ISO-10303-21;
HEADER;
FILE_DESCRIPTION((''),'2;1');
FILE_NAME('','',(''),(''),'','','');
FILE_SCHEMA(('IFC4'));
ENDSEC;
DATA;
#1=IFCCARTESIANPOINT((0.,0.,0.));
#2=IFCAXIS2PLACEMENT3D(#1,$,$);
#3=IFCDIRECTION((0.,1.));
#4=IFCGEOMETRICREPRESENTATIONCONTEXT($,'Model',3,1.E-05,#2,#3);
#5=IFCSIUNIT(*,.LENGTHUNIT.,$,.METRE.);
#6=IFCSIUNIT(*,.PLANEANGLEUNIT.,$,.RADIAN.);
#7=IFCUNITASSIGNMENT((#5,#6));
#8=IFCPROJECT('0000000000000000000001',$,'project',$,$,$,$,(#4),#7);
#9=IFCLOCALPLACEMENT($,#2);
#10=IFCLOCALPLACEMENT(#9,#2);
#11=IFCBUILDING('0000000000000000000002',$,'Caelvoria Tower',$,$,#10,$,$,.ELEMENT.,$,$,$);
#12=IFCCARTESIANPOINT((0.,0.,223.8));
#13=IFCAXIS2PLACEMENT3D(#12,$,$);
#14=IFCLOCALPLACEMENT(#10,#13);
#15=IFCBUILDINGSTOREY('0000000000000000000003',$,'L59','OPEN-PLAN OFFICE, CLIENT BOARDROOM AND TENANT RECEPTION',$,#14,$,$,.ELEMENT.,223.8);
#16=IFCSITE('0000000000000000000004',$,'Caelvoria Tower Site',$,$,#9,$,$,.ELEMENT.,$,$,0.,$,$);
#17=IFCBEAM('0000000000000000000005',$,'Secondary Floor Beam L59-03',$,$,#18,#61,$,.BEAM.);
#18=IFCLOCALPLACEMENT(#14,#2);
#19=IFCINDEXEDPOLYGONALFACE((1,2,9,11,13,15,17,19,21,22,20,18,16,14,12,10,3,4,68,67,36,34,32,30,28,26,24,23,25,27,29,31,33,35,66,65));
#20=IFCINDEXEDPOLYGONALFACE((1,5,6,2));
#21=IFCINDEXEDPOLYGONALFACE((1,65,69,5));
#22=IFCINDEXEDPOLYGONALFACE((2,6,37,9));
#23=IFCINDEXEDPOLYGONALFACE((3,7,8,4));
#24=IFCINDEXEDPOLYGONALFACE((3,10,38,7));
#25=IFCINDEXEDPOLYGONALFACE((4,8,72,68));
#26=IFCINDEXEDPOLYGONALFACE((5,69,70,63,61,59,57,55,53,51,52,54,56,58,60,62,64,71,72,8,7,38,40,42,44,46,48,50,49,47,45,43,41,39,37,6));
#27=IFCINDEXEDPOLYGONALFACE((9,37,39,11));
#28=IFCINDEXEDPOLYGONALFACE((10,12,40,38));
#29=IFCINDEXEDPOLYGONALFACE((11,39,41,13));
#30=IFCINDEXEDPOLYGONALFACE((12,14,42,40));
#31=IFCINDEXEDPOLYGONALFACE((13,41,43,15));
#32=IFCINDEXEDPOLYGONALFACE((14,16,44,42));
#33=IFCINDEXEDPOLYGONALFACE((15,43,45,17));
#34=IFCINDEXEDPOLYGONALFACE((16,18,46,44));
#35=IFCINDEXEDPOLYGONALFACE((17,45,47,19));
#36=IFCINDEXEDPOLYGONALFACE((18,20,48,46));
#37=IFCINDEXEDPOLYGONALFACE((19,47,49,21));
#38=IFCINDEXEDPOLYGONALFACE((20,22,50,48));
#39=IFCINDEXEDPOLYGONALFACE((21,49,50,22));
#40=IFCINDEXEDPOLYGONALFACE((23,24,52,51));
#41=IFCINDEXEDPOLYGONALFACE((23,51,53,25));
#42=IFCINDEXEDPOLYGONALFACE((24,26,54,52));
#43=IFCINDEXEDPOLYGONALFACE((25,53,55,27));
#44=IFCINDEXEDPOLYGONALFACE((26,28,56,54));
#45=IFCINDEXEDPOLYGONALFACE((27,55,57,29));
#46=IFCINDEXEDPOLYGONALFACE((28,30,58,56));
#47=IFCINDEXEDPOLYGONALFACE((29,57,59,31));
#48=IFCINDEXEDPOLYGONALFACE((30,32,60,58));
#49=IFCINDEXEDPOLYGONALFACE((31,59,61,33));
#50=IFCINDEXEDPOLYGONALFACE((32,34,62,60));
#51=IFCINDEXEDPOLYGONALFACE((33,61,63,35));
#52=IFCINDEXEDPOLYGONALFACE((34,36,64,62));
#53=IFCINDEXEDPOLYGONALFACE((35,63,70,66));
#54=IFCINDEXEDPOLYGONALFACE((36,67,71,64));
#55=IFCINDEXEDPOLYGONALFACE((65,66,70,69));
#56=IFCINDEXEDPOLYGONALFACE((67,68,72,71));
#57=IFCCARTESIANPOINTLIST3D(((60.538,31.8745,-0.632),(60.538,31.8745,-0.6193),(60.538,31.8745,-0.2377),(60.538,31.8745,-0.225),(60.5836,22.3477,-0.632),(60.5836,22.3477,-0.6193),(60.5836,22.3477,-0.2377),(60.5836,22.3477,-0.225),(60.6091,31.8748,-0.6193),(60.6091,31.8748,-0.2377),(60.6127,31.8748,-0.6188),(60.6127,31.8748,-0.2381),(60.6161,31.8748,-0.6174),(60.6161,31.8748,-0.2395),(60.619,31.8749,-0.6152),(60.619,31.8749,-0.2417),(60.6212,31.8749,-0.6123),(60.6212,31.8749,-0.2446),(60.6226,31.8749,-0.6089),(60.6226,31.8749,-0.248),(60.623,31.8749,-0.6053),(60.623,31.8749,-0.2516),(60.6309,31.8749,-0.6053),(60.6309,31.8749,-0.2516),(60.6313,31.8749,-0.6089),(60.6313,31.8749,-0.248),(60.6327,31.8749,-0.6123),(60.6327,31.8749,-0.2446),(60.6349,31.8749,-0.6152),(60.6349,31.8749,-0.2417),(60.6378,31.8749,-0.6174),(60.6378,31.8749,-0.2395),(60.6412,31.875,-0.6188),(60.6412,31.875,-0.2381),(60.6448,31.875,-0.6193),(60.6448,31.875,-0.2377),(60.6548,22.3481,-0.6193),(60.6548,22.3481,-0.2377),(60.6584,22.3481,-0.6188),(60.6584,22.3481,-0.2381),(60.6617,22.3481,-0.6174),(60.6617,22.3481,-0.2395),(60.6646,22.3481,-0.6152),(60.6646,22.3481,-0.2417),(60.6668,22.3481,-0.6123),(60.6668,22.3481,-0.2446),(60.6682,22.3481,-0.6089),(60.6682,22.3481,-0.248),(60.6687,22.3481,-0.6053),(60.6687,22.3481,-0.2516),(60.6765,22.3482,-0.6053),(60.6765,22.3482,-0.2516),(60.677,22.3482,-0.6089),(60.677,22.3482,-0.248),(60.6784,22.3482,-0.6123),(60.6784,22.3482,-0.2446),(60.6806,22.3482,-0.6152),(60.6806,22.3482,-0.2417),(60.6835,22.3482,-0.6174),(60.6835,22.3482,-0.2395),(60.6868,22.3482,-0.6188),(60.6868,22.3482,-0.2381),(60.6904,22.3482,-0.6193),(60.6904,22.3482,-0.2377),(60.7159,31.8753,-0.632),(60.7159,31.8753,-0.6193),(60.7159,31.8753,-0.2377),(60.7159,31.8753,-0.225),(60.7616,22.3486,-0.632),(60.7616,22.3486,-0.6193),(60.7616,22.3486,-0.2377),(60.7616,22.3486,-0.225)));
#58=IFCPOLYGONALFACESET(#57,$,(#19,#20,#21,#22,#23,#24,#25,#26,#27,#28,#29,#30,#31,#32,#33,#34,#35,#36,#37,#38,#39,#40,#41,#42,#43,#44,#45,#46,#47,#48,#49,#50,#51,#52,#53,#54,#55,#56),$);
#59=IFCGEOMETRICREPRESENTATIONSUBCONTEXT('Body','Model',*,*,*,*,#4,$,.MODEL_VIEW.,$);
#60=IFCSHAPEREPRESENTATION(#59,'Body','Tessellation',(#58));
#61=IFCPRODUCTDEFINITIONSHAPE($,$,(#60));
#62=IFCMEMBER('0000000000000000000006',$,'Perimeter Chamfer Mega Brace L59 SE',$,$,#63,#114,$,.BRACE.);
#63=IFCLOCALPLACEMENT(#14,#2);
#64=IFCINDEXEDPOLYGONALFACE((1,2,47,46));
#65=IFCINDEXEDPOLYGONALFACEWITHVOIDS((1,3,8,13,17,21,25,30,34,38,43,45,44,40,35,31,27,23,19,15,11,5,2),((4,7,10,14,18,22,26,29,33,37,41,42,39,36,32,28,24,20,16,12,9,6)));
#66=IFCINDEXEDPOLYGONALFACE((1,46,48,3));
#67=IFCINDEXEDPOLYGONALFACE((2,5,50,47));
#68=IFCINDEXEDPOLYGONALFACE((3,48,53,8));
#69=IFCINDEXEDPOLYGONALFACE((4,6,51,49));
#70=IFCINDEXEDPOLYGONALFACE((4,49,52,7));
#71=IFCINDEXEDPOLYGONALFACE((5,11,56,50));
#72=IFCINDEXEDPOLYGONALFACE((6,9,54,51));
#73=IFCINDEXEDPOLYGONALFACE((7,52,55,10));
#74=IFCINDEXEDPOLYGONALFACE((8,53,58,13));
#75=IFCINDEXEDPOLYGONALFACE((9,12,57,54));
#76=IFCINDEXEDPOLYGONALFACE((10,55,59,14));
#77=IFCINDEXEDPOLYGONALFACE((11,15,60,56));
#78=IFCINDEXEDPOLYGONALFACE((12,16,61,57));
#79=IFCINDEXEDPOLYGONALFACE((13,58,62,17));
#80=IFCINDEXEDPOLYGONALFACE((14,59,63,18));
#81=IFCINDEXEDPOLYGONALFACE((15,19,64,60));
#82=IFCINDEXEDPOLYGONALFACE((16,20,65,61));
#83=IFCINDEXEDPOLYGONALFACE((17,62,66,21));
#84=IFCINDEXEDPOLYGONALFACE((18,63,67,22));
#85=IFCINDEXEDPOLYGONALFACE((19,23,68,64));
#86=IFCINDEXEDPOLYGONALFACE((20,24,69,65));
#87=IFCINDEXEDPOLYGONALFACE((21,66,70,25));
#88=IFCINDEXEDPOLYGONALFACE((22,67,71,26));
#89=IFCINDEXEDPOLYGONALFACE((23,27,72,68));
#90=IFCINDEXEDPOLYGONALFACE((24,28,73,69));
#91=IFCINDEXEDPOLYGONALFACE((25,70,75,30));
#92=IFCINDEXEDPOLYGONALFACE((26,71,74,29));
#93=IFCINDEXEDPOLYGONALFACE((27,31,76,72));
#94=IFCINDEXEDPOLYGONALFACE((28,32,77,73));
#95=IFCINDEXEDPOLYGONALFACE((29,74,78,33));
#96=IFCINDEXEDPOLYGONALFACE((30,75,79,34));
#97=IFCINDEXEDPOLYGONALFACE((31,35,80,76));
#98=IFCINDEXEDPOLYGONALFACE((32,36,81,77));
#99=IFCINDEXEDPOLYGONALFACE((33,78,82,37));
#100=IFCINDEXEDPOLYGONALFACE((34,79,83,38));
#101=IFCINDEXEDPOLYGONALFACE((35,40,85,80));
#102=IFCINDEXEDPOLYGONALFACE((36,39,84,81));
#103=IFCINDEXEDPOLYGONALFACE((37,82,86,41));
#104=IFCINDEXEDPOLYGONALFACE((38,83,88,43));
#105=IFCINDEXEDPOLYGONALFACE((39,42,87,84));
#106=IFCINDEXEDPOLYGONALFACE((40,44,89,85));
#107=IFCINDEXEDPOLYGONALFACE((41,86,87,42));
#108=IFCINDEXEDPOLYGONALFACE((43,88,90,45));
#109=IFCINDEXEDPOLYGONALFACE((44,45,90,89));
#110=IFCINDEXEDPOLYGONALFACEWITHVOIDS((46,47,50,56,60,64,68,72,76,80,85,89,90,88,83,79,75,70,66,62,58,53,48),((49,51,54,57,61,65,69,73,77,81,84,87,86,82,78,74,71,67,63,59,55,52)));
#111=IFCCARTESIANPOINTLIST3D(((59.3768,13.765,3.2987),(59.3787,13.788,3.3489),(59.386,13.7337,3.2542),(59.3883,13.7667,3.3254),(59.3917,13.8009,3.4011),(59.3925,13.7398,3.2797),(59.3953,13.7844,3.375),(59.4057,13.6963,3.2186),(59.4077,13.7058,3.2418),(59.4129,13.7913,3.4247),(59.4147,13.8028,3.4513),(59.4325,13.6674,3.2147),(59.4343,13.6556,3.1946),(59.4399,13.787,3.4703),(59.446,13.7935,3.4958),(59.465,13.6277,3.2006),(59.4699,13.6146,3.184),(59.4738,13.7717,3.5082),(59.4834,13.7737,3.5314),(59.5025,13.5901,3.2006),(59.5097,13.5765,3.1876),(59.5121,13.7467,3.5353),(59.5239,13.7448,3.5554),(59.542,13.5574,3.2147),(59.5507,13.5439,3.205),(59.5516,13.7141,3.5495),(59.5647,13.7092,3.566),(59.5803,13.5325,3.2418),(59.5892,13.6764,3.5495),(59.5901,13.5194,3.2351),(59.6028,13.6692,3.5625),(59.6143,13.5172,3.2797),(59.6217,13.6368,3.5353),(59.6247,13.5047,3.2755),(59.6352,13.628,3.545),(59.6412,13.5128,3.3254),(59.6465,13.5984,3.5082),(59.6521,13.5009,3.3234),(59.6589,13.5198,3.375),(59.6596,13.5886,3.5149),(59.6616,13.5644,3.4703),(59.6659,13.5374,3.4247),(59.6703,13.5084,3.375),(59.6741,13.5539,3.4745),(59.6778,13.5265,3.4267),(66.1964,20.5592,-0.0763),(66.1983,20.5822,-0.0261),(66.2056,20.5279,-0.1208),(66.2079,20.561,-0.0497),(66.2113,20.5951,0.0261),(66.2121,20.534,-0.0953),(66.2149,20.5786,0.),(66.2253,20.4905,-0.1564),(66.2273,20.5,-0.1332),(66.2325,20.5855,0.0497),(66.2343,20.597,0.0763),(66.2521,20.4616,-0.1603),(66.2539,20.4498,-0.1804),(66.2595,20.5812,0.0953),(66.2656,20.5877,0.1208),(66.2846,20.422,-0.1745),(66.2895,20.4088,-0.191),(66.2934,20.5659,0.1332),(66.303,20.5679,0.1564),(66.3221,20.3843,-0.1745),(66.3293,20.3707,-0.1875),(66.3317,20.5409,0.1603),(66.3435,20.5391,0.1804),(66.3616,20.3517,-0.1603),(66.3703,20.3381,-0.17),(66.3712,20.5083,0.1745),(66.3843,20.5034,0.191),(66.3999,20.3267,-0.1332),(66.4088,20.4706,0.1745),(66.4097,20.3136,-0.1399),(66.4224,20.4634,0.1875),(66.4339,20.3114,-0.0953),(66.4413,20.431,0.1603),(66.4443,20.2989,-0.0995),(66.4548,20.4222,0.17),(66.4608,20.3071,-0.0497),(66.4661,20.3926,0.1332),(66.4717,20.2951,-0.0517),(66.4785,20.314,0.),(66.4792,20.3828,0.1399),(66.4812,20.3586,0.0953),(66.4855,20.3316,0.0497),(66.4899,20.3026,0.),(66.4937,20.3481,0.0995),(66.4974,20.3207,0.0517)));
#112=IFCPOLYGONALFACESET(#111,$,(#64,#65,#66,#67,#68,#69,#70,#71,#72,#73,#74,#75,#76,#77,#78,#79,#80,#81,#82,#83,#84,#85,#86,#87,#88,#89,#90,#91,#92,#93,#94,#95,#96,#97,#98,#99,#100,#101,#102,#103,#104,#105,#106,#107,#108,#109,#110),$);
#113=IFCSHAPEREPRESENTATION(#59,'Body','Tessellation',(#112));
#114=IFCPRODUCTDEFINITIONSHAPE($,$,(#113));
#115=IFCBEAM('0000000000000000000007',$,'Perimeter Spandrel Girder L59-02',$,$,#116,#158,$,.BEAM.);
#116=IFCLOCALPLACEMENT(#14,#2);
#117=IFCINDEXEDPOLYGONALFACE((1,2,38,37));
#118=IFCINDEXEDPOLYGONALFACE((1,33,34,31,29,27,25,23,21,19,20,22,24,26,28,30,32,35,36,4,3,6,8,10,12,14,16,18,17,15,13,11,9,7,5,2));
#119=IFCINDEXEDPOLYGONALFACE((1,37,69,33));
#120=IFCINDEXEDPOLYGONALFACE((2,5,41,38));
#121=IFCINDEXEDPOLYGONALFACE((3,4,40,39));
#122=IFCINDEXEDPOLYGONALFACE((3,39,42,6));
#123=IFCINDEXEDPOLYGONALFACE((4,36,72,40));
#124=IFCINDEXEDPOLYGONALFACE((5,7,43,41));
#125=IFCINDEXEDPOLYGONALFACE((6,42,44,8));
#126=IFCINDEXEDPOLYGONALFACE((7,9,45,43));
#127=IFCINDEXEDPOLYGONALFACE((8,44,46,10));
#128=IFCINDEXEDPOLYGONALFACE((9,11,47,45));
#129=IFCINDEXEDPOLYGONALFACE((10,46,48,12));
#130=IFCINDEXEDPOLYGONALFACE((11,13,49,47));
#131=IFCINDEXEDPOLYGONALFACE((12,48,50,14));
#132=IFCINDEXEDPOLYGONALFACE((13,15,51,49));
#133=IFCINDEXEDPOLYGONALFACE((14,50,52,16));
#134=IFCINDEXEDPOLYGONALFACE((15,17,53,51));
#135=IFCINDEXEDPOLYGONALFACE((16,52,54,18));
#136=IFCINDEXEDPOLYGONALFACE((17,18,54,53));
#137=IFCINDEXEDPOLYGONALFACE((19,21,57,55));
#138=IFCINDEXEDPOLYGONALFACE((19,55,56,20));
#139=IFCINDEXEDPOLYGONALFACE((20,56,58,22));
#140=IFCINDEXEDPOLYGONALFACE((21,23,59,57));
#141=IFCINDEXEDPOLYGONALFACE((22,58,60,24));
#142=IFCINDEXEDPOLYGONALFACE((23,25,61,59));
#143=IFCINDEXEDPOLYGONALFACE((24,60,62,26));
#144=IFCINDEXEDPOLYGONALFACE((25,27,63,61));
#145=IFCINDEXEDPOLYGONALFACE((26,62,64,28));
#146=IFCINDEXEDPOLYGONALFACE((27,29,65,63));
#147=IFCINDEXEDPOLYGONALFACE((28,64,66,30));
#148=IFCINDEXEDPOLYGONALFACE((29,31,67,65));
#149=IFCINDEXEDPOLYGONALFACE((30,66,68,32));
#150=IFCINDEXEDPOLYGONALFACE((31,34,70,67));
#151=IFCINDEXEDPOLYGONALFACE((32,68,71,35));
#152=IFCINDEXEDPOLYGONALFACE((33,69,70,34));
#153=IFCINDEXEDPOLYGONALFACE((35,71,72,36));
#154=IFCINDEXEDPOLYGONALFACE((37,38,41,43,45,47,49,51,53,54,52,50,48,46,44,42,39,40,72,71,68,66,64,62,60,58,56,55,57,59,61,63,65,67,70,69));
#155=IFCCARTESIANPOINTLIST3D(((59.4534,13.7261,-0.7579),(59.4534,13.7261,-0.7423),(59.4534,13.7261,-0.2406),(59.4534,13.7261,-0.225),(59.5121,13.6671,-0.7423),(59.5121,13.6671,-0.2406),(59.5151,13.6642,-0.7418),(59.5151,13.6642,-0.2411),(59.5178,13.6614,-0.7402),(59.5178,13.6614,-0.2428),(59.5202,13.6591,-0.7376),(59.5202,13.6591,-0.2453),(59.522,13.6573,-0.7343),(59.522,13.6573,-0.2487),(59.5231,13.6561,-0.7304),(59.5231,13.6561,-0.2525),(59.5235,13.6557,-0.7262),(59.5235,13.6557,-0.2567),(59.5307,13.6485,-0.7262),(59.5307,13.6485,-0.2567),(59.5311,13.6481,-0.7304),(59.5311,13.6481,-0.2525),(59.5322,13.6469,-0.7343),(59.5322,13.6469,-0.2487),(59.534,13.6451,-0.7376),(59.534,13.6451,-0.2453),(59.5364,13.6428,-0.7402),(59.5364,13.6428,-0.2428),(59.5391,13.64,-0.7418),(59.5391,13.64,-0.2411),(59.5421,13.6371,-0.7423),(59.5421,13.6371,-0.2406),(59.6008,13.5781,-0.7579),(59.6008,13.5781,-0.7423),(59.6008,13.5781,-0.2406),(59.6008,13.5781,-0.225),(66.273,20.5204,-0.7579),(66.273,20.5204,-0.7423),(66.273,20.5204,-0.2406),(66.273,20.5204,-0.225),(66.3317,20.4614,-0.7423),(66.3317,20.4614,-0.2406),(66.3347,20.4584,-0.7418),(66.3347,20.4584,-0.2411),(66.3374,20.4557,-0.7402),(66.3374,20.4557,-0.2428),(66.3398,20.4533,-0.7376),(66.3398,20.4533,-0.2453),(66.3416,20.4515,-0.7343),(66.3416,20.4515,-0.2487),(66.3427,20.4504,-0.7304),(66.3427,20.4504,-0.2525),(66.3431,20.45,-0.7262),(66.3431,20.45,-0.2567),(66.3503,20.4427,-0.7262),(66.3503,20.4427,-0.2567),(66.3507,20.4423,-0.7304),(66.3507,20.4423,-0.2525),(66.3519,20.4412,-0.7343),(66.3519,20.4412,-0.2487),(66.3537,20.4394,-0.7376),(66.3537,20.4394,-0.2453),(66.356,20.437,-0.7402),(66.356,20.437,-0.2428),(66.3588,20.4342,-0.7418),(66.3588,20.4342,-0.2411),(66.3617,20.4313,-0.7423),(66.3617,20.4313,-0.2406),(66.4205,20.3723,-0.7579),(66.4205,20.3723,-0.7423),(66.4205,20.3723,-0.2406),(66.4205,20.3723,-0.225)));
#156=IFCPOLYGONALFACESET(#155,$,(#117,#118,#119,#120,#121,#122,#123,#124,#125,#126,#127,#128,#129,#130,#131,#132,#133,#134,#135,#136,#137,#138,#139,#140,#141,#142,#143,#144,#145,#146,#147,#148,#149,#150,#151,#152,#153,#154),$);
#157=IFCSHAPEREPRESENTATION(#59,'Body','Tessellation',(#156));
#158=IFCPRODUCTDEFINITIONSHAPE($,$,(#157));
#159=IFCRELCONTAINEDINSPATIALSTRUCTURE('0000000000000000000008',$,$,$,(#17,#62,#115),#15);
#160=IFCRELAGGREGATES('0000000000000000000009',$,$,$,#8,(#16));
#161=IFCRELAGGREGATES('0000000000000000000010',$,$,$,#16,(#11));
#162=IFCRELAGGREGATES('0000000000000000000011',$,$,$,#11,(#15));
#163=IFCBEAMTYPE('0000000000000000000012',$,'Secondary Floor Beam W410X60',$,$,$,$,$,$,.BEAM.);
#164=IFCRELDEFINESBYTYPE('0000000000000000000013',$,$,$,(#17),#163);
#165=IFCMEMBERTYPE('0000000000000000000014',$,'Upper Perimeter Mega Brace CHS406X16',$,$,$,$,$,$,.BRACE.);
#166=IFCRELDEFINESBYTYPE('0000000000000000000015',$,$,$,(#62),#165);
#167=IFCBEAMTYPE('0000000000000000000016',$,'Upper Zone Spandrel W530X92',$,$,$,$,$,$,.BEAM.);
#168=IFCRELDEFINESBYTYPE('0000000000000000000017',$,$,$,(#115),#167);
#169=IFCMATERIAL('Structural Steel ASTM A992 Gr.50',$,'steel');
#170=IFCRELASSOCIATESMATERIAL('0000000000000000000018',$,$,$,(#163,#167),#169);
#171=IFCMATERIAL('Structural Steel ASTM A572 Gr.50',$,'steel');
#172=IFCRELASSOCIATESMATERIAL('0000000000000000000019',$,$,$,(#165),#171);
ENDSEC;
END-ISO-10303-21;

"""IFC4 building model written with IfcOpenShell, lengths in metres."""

from ifc_helpers import new_model, si_unit, direction, frame, origin, origin_2d, place, context, subcontext, project, spatial, hollow_circle, i_section, extrude, material, material_profile, profile_set, type_object, element, save


model = new_model("IFC4")

# Units and contexts
model_context = context("Model", 3, precision=1e-05, world=origin(), true_north=direction((0.0, 1.0)))
body_context = subcontext(model_context, "Body", "Model", "MODEL_VIEW")
ifc_project = project(units=[si_unit("LENGTHUNIT", "METRE"), si_unit("PLANEANGLEUNIT", "RADIAN")], contexts=[model_context])

# Site, building, storey
site_placement = place(None, origin())
site = spatial("IfcSite", under=ifc_project, at=site_placement, Name="Caelvoria Tower Site", CompositionType="ELEMENT", RefElevation=0.0)
building_placement = place(site_placement, origin())
building = spatial("IfcBuilding", under=site, at=building_placement, Name="Caelvoria Tower", CompositionType="ELEMENT")
storey_placement = place(building_placement, frame((0.0, 0.0, 223.8)))
storey = spatial("IfcBuildingStorey", under=building, at=storey_placement, Name="L59", Description="OPEN-PLAN OFFICE, CLIENT BOARDROOM AND TENANT RECEPTION", CompositionType="ELEMENT", Elevation=223.8)

# Shared definitions
ifc_material_1 = material(Name="Structural Steel ASTM A572 Gr.50", Category="steel")
ifc_material_2 = material(Name="Structural Steel ASTM A992 Gr.50", Category="steel")

# Beam
ifc_material_profile_1 = material_profile(ifc_material_2, i_section(OverallWidth=0.178, OverallDepth=0.407, WebThickness=0.0078, FlangeThickness=0.0127, FilletRadius=0.0139, at=origin_2d()), Name="Structural Steel ASTM A992 Gr.50")
ifc_profile_set_1 = profile_set([ifc_material_profile_1], Name="W410X60 - Structural Steel ASTM A992 Gr.50")
beam_type_1 = type_object("IfcBeamType", Name="Secondary Floor Beam W410X60", PredefinedType="BEAM", material=ifc_profile_set_1)
beam_1_placement = place(storey_placement, frame((60.6726, 22.3481, -0.4285), z_axis=(-0.004792, 0.999989, 0.0), x_axis=(-0.999989, -0.004792, 0.0)))
element("IfcBeam", 1, at=beam_1_placement, inside=storey, type_object=beam_type_1, Name="Secondary Floor Beam L59-03", PredefinedType="BEAM", context=body_context, shape_type="SweptSolid", body=[
    extrude(i_section(OverallWidth=0.178, OverallDepth=0.407, WebThickness=0.0078, FlangeThickness=0.0127, FilletRadius=0.0139, at=origin_2d()), origin(), (0.0, 0.0, 1.0), 9.5269),
])

# Member
ifc_material_profile_2 = material_profile(ifc_material_1, hollow_circle(Radius=0.2029, WallThickness=0.0161, at=origin_2d()), Name="Structural Steel ASTM A572 Gr.50")
ifc_profile_set_2 = profile_set([ifc_material_profile_2], Name="CHS406X16 - Structural Steel ASTM A572 Gr.50")
member_type = type_object("IfcMemberType", Name="Upper Perimeter Mega Brace CHS406X16", PredefinedType="BRACE", material=ifc_profile_set_2)
member_placement = place(storey_placement, frame((66.3467, 20.4463, 0.0), z_axis=(-0.668527, -0.666038, 0.330853), x_axis=(0.705787, -0.708424, 0.0)))
element("IfcMember", 2, at=member_placement, inside=storey, type_object=member_type, Name="Perimeter Chamfer Mega Brace L59 SE", PredefinedType="BRACE", context=body_context, shape_type="SweptSolid", body=[
    extrude(hollow_circle(Radius=0.2029, WallThickness=0.0161, at=origin_2d()), origin(), (0.0, 0.0, 1.0), 10.2009),
])

# Beam
ifc_material_profile_3 = material_profile(ifc_material_2, i_section(OverallWidth=0.209, OverallDepth=0.533, WebThickness=0.0103, FlangeThickness=0.0156, FilletRadius=0.0161, at=origin_2d()), Name="Structural Steel ASTM A992 Gr.50")
ifc_profile_set_3 = profile_set([ifc_material_profile_3], Name="W530X92 - Structural Steel ASTM A992 Gr.50")
beam_type_2 = type_object("IfcBeamType", Name="Upper Zone Spandrel W530X92", PredefinedType="BEAM", material=ifc_profile_set_3)
beam_2_placement = place(storey_placement, frame((59.5271, 13.6521, -0.4915), z_axis=(0.708424, 0.705787, 0.0), x_axis=(-0.705787, 0.708424, 0.0)))
element("IfcBeam", 3, at=beam_2_placement, inside=storey, type_object=beam_type_2, Name="Perimeter Spandrel Girder L59-02", PredefinedType="BEAM", context=body_context, shape_type="SweptSolid", body=[
    extrude(i_section(OverallWidth=0.209, OverallDepth=0.533, WebThickness=0.0103, FlangeThickness=0.0156, FilletRadius=0.0161, at=origin_2d()), origin(), (0.0, 0.0, 1.0), 9.6265),
])

save(model, "model.ifc")
